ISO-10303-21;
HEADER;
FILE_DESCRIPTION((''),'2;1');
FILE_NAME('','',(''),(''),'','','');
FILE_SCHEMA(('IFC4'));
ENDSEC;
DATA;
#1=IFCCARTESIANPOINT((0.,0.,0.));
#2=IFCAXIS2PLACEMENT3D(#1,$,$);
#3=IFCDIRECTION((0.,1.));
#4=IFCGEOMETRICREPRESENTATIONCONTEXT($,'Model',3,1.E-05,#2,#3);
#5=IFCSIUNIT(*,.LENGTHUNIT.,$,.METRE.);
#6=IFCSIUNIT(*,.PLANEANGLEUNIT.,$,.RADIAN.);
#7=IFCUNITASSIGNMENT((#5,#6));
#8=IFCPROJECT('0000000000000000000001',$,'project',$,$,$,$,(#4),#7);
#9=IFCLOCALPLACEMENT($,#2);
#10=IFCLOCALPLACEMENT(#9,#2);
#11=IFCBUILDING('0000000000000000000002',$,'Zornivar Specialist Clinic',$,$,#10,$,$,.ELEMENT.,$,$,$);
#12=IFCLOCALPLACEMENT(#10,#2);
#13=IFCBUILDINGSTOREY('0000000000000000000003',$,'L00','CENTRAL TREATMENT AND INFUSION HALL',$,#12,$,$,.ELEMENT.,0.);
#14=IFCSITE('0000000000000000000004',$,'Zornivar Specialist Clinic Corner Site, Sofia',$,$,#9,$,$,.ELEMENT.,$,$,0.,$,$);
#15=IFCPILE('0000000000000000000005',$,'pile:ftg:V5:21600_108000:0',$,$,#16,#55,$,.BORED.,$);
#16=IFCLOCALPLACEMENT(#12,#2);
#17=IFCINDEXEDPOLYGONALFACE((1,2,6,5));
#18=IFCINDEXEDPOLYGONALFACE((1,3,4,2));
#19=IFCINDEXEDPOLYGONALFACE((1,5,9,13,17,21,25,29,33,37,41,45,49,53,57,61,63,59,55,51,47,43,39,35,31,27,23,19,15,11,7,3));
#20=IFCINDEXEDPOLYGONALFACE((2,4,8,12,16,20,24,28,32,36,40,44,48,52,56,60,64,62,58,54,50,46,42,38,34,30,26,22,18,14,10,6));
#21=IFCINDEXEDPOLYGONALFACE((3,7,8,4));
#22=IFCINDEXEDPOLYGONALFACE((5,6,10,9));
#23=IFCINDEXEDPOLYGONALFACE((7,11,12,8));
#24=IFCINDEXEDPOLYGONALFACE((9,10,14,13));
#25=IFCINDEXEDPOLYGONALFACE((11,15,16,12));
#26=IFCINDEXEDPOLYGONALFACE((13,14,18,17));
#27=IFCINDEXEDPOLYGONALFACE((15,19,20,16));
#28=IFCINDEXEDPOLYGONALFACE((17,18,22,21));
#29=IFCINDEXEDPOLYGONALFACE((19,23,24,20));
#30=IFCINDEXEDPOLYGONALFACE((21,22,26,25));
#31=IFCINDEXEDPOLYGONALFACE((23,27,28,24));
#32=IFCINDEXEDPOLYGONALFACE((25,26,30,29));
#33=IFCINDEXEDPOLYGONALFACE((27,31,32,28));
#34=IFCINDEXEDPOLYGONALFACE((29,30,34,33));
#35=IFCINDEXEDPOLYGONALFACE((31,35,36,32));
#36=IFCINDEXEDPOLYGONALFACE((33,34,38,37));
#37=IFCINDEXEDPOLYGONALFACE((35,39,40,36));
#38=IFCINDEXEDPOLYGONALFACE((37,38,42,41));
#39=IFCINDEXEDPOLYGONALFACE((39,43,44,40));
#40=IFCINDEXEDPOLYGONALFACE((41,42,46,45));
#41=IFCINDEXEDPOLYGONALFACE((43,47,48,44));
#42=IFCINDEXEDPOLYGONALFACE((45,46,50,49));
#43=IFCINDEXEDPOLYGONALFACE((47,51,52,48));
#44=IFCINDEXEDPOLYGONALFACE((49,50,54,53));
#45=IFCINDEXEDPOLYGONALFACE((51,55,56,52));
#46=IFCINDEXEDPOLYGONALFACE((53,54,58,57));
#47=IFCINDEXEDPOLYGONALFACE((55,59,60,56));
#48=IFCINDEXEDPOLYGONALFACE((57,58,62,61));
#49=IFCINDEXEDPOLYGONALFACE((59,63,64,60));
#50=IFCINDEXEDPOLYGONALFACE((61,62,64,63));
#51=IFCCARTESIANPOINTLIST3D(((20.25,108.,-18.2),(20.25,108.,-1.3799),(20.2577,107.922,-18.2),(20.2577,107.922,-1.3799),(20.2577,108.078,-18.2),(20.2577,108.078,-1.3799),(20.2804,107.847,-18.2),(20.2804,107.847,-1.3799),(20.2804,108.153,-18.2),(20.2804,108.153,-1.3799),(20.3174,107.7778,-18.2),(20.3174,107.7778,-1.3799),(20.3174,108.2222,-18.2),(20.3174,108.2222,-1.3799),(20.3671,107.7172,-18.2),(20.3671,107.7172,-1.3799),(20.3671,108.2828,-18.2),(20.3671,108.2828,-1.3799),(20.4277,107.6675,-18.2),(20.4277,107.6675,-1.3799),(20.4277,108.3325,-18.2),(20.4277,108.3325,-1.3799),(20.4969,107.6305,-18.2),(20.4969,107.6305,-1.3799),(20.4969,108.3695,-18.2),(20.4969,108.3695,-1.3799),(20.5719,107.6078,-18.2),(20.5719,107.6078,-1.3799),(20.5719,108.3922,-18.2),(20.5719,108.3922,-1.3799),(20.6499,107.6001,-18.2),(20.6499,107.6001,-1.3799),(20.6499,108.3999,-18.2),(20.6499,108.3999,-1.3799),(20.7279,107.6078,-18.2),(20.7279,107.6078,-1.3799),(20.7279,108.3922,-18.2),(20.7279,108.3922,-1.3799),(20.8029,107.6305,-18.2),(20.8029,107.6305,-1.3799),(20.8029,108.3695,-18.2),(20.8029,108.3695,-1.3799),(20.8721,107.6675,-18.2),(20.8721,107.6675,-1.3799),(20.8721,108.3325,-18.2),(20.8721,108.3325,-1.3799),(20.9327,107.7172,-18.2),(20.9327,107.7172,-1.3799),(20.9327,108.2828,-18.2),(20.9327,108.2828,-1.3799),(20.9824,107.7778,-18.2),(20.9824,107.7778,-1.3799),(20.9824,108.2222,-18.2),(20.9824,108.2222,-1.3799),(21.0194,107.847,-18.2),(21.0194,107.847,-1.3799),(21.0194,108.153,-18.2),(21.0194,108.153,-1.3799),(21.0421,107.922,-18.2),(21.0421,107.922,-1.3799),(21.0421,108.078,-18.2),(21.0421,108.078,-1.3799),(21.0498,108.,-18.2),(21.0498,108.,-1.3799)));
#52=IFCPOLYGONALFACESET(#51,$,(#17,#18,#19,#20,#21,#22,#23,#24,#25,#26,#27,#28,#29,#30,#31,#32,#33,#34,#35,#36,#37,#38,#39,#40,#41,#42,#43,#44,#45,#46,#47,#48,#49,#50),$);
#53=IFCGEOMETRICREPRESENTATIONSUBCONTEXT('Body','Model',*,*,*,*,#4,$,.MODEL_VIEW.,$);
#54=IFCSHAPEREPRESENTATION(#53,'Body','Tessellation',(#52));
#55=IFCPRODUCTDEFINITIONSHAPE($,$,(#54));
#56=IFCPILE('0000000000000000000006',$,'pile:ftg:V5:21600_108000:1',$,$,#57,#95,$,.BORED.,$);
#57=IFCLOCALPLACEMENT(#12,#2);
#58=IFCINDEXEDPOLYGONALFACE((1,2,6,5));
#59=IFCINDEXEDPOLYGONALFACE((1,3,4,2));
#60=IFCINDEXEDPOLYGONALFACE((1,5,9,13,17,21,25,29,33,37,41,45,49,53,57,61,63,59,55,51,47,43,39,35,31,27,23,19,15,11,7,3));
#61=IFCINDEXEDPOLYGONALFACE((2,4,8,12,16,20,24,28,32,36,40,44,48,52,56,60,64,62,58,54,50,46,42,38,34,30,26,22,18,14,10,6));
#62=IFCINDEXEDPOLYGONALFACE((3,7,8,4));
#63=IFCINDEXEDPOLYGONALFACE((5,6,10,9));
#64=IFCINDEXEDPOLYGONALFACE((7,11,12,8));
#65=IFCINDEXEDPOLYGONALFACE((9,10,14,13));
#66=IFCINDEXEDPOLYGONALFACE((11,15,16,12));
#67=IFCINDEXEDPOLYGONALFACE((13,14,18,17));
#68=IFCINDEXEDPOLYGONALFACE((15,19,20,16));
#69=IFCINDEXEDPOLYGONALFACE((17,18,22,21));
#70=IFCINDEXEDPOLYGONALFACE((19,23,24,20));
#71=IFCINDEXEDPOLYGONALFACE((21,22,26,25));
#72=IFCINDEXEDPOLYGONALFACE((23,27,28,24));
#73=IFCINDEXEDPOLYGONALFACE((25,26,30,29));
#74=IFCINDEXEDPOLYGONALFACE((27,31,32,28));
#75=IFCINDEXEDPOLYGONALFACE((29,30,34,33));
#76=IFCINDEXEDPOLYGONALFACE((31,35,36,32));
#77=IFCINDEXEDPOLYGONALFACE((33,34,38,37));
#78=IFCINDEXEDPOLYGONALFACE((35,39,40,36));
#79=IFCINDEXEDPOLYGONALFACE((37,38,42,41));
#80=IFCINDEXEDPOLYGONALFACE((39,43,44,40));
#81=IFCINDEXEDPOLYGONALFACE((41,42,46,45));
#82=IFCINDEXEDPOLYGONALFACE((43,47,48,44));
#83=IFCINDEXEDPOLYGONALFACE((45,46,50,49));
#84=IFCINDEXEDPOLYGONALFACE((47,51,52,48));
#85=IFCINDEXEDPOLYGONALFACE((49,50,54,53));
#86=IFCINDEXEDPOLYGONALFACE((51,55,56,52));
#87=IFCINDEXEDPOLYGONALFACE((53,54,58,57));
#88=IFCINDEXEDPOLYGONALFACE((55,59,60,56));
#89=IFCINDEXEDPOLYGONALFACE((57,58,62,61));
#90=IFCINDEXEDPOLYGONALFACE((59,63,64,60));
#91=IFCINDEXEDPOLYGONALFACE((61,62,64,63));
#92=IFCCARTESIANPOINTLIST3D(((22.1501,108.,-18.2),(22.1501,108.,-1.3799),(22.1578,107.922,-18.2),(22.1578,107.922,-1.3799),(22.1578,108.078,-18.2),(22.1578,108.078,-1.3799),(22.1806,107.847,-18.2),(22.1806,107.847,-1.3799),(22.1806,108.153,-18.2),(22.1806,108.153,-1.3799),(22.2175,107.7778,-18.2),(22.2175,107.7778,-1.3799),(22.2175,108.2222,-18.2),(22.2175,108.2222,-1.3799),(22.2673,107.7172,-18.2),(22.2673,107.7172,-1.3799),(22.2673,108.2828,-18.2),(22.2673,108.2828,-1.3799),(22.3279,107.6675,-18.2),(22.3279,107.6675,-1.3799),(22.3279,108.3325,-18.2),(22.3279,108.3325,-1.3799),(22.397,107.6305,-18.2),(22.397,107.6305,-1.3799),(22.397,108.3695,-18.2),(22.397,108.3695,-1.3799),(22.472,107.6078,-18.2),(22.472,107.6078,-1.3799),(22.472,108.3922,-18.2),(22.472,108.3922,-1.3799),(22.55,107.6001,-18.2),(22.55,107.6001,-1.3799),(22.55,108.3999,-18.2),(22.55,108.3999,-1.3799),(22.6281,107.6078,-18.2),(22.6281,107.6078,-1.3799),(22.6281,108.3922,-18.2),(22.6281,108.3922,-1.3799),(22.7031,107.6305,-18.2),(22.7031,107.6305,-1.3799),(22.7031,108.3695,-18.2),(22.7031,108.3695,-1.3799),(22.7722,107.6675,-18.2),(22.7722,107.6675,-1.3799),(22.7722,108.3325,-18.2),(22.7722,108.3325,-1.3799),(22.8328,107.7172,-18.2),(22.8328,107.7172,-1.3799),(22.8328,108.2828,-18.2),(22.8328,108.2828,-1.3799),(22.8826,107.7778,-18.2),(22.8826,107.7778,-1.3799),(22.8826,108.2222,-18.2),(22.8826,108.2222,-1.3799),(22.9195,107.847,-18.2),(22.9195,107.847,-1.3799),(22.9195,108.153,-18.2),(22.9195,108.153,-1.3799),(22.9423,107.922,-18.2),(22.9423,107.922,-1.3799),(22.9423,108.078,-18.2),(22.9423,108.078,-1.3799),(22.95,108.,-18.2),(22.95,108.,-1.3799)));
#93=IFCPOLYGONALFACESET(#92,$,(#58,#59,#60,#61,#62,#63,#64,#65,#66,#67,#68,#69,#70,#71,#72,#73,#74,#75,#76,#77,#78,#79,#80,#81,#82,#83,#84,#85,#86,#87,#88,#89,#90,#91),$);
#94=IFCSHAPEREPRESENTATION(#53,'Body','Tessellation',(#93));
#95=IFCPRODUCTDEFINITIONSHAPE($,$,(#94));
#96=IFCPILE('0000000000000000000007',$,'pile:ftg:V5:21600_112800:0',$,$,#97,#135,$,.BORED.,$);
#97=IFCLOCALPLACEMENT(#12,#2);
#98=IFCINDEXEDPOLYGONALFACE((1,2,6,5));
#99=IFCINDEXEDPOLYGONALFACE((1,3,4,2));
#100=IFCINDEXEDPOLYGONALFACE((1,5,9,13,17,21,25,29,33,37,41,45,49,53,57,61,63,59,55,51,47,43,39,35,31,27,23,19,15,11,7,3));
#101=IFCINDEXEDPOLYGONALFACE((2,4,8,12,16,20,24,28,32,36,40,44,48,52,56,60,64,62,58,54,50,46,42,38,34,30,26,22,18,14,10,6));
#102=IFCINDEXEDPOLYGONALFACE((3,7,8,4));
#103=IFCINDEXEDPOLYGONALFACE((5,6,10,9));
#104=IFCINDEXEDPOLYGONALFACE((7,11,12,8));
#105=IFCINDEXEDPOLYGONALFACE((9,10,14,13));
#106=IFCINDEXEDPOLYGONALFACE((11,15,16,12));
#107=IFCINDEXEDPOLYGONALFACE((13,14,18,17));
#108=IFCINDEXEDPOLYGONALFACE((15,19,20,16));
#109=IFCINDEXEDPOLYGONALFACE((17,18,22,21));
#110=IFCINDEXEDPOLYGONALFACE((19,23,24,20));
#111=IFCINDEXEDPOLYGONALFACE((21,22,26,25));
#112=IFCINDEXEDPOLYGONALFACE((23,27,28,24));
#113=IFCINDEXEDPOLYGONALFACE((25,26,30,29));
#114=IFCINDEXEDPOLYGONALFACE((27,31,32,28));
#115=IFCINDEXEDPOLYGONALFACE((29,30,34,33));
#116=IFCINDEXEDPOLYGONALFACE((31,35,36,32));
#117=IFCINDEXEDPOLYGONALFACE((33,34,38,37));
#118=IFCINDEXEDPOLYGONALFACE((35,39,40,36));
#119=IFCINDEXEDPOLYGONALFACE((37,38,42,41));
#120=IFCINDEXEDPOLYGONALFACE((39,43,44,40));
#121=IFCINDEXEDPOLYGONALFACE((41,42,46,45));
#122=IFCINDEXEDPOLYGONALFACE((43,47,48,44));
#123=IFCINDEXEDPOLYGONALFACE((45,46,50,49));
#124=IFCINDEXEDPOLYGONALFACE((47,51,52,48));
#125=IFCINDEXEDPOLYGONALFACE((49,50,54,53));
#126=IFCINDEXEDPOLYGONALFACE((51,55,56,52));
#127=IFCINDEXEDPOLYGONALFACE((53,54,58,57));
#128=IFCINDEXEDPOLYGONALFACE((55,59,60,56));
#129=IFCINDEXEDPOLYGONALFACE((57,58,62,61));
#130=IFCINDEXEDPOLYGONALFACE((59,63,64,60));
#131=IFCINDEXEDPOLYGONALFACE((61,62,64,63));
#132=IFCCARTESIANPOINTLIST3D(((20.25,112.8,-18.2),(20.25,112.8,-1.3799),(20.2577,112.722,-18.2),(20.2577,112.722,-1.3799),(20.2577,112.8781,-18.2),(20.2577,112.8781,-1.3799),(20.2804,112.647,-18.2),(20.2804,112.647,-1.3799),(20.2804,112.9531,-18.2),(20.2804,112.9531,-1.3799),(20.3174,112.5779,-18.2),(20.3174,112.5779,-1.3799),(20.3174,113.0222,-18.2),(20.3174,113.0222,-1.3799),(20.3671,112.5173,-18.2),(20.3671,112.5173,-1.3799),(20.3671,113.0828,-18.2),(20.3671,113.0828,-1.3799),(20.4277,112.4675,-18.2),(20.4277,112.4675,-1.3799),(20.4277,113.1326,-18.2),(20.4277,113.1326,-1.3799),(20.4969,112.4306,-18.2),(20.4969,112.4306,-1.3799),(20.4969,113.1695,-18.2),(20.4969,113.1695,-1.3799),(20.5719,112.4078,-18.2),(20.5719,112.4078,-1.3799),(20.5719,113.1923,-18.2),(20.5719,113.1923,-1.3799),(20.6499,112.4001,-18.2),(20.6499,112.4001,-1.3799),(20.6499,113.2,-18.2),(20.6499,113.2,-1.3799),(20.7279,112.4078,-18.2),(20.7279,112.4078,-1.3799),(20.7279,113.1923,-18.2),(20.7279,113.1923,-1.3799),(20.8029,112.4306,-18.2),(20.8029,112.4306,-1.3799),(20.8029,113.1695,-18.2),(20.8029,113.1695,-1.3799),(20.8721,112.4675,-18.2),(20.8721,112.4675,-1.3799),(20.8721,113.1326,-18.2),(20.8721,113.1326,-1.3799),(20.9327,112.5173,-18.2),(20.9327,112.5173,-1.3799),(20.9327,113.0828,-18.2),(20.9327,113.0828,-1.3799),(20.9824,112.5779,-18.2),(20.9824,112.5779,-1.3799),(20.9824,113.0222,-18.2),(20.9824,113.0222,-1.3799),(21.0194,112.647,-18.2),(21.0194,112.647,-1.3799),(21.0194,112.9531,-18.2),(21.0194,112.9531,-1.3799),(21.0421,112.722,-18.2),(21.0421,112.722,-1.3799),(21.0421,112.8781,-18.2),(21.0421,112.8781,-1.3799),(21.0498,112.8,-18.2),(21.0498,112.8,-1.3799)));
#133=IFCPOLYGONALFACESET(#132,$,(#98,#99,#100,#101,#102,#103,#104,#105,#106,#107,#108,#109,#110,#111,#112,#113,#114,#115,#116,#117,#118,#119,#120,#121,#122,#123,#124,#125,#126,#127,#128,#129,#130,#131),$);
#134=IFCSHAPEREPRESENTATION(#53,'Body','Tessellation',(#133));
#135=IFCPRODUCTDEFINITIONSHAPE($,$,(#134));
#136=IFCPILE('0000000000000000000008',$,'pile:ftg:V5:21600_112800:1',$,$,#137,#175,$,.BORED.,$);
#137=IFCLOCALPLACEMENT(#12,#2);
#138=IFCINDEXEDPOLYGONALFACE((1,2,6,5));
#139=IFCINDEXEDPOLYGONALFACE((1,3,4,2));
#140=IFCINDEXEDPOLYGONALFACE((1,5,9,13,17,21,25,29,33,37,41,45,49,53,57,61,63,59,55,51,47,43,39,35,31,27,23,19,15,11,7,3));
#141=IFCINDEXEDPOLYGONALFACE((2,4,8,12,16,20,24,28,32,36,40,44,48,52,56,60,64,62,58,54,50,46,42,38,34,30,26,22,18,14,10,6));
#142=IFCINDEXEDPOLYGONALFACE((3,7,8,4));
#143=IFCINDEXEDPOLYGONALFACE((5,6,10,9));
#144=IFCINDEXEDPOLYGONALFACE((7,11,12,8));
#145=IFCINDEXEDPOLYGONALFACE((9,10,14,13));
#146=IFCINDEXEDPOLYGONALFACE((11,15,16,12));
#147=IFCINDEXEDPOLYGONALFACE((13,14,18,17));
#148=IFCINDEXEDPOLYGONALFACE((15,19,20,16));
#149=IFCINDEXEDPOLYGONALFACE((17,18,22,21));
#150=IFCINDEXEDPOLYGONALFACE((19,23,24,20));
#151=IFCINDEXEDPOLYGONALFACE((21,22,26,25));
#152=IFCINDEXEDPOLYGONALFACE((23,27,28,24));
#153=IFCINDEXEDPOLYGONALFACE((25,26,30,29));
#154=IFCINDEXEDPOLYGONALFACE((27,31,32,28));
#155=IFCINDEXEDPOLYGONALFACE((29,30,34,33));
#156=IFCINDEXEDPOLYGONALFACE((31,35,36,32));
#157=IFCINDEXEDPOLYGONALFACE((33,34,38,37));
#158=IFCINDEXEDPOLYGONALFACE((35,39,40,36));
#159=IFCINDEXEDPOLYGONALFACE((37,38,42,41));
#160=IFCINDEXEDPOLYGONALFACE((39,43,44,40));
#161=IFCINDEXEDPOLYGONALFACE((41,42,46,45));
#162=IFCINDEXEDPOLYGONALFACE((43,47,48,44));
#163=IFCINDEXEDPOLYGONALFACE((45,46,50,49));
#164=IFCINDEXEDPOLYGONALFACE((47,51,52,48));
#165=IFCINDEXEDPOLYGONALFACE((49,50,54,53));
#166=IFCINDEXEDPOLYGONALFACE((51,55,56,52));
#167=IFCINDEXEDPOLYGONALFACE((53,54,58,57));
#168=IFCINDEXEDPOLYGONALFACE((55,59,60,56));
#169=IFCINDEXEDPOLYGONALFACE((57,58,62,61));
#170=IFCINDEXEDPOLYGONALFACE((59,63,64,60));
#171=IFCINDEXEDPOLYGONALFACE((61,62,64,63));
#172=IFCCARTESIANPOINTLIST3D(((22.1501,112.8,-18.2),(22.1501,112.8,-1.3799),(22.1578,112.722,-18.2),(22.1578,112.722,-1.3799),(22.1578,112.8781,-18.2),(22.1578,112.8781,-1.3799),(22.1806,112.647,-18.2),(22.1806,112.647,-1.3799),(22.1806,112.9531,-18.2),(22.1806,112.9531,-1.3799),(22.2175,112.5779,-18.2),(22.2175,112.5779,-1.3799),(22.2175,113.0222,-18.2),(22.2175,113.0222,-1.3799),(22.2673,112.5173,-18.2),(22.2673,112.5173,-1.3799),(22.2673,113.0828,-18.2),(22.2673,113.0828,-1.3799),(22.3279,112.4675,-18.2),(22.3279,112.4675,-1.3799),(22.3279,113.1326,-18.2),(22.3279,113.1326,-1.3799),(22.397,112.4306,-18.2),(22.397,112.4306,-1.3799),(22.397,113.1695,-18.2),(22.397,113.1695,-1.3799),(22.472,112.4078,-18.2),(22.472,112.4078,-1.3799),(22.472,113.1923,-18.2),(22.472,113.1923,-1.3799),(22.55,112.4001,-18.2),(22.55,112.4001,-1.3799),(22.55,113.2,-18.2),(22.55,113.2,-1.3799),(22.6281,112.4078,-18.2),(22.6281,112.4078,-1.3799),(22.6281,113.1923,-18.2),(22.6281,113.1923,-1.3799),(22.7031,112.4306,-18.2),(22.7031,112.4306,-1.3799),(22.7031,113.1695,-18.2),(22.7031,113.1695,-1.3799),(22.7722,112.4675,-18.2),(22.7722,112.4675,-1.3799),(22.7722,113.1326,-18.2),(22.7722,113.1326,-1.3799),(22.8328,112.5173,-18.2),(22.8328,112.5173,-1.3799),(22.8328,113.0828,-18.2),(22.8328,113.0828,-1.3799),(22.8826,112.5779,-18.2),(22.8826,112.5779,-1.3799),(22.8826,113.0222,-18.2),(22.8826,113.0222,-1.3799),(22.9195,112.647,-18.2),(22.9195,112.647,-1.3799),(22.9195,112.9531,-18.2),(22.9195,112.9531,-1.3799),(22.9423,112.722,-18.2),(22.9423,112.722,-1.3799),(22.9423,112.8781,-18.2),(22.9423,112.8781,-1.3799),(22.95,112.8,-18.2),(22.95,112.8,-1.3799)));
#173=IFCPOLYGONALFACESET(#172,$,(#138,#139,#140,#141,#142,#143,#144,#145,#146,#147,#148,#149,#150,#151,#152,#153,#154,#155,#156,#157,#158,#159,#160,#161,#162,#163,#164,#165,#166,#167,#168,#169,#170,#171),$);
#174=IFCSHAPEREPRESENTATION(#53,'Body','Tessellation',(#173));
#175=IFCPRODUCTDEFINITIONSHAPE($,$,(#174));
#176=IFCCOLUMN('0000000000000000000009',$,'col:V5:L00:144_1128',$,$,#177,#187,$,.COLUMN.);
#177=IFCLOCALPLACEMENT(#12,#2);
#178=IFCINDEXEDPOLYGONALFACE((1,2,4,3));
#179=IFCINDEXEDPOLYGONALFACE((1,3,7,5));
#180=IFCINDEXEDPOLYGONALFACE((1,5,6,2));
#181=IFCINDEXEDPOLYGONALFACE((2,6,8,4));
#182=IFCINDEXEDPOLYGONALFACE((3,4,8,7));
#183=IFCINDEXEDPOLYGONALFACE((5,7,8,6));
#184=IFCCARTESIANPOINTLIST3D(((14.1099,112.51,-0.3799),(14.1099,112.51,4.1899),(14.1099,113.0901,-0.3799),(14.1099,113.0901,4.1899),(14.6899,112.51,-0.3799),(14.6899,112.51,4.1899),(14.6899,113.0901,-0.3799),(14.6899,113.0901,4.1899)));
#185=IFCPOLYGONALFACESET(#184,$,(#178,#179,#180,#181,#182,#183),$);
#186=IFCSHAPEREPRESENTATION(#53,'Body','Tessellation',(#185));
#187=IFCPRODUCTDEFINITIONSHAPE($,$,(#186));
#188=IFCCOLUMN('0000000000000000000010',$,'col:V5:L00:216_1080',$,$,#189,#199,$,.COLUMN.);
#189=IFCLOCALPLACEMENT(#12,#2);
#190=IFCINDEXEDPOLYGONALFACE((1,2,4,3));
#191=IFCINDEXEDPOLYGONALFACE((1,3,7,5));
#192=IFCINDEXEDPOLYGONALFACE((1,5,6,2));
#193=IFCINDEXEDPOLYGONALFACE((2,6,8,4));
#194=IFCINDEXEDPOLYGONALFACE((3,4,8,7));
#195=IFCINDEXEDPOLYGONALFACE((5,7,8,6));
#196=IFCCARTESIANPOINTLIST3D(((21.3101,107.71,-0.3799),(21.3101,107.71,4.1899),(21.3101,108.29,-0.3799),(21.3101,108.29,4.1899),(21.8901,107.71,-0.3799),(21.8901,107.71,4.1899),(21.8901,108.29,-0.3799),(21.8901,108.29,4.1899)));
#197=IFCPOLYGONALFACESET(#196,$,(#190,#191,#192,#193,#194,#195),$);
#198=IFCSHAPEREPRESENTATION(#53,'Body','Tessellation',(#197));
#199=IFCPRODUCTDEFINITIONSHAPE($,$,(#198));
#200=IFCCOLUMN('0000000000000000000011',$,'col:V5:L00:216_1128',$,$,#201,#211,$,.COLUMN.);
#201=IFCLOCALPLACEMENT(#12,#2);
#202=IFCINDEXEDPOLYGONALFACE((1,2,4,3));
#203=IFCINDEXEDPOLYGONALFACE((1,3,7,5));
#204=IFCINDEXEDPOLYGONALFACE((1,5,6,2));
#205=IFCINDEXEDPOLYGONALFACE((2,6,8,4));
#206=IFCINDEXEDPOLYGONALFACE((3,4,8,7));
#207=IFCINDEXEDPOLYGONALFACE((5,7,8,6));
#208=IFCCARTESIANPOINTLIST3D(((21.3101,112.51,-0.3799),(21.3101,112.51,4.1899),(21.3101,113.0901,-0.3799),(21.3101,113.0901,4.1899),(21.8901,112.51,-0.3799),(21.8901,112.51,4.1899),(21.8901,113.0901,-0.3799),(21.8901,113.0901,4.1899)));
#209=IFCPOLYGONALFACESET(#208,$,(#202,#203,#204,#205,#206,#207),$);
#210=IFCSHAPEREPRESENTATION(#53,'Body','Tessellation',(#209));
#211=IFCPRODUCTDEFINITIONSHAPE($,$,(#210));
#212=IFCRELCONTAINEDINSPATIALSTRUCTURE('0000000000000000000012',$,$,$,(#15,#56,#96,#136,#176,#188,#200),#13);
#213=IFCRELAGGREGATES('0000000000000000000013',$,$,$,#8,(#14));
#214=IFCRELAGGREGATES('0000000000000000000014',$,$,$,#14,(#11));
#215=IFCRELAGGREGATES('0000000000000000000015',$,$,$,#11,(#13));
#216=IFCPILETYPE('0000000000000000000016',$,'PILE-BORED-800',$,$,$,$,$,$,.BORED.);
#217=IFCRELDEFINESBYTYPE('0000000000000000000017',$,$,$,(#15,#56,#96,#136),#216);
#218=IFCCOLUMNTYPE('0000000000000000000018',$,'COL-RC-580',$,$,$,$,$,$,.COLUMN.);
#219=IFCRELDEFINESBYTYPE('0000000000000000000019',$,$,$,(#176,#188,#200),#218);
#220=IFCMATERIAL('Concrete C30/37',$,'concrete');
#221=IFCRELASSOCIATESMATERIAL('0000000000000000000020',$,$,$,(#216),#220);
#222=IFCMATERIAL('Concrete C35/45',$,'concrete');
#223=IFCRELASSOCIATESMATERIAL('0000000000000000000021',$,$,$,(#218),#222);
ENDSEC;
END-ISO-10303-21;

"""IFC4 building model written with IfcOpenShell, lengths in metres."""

from ifc_helpers import new_model, si_unit, direction, frame, origin, origin_2d, place, context, subcontext, project, spatial, rectangle, circle, extrude, material, material_profile, profile_set, type_object, element, save


model = new_model("IFC4")

# Units and contexts
model_context = context("Model", 3, precision=1e-05, world=origin(), true_north=direction((0.0, 1.0)))
body_context = subcontext(model_context, "Body", "Model", "MODEL_VIEW")
ifc_project = project(units=[si_unit("LENGTHUNIT", "METRE"), si_unit("PLANEANGLEUNIT", "RADIAN")], contexts=[model_context])

# Site, building, storey
site_placement = place(None, origin())
site = spatial("IfcSite", under=ifc_project, at=site_placement, Name="Zornivar Specialist Clinic Corner Site, Sofia", CompositionType="ELEMENT", RefElevation=0.0)
building_placement = place(site_placement, origin())
building = spatial("IfcBuilding", under=site, at=building_placement, Name="Zornivar Specialist Clinic", CompositionType="ELEMENT")
storey_placement = place(building_placement, origin())
storey = spatial("IfcBuildingStorey", under=building, at=storey_placement, Name="L00", Description="CENTRAL TREATMENT AND INFUSION HALL", CompositionType="ELEMENT", Elevation=0.0)

# Piles
ifc_material_1 = material(Name="Concrete C30/37", Category="concrete")
ifc_material_profile_1 = material_profile(ifc_material_1, circle(Radius=0.3999, at=origin_2d()), Name="PILE D800")
ifc_profile_set_1 = profile_set([ifc_material_profile_1], Name="Concrete C30/37")
pile_type = type_object("IfcPileType", Name="PILE-BORED-800", PredefinedType="BORED", material=ifc_profile_set_1)
for number, where, z_axis, x_axis, name in (
    (1, (20.6499, 108.0, -1.3799), (0.0, 0.0, -1.0), (1.0, 0.0, 0.0), "pile:ftg:V5:21600_108000:0"),
    (2, (22.55, 108.0, -1.3799), (0.0, 0.0, -1.0), (1.0, 0.0, 0.0), "pile:ftg:V5:21600_108000:1"),
    (3, (20.6499, 112.8, -1.3799), (0.0, 0.0, -1.0), (1.0, 0.0, 0.0), "pile:ftg:V5:21600_112800:0"),
    (4, (22.55, 112.8, -1.3799), (0.0, 0.0, -1.0), (1.0, 0.0, 0.0), "pile:ftg:V5:21600_112800:1"),
):
    element("IfcPile", number, at=place(storey_placement, frame(where, z_axis=z_axis, x_axis=x_axis)), inside=storey, type_object=pile_type, Name=name, PredefinedType="BORED", context=body_context, shape_type="SweptSolid", body=[
        extrude(circle(Radius=0.3999, at=origin_2d()), origin(), (0.0, 0.0, 1.0), 16.8201),
    ])

# Columns
ifc_material_2 = material(Name="Concrete C35/45", Category="concrete")
ifc_material_profile_2 = material_profile(ifc_material_2, rectangle(XDim=0.5801, YDim=0.5801, at=origin_2d()), Name="RC 580x580")
ifc_profile_set_2 = profile_set([ifc_material_profile_2], Name="Concrete C35/45")
column_type = type_object("IfcColumnType", Name="COL-RC-580", PredefinedType="COLUMN", material=ifc_profile_set_2)
for number, where, z_axis, x_axis, name in (
    (5, (14.3999, 112.8, -0.3799), (0.0, 0.0, 1.0), (1.0, 0.0, 0.0), "col:V5:L00:144_1128"),
    (6, (21.6001, 108.0, -0.3799), (0.0, 0.0, 1.0), (1.0, 0.0, 0.0), "col:V5:L00:216_1080"),
    (7, (21.6001, 112.8, -0.3799), (0.0, 0.0, 1.0), (1.0, 0.0, 0.0), "col:V5:L00:216_1128"),
):
    element("IfcColumn", number, at=place(storey_placement, frame(where, z_axis=z_axis, x_axis=x_axis)), inside=storey, type_object=column_type, Name=name, PredefinedType="COLUMN", context=body_context, shape_type="SweptSolid", body=[
        extrude(rectangle(XDim=0.5801, YDim=0.5801, at=origin_2d()), origin(), (0.0, 0.0, 1.0), 4.5698),
    ])

save(model, "model.ifc")
